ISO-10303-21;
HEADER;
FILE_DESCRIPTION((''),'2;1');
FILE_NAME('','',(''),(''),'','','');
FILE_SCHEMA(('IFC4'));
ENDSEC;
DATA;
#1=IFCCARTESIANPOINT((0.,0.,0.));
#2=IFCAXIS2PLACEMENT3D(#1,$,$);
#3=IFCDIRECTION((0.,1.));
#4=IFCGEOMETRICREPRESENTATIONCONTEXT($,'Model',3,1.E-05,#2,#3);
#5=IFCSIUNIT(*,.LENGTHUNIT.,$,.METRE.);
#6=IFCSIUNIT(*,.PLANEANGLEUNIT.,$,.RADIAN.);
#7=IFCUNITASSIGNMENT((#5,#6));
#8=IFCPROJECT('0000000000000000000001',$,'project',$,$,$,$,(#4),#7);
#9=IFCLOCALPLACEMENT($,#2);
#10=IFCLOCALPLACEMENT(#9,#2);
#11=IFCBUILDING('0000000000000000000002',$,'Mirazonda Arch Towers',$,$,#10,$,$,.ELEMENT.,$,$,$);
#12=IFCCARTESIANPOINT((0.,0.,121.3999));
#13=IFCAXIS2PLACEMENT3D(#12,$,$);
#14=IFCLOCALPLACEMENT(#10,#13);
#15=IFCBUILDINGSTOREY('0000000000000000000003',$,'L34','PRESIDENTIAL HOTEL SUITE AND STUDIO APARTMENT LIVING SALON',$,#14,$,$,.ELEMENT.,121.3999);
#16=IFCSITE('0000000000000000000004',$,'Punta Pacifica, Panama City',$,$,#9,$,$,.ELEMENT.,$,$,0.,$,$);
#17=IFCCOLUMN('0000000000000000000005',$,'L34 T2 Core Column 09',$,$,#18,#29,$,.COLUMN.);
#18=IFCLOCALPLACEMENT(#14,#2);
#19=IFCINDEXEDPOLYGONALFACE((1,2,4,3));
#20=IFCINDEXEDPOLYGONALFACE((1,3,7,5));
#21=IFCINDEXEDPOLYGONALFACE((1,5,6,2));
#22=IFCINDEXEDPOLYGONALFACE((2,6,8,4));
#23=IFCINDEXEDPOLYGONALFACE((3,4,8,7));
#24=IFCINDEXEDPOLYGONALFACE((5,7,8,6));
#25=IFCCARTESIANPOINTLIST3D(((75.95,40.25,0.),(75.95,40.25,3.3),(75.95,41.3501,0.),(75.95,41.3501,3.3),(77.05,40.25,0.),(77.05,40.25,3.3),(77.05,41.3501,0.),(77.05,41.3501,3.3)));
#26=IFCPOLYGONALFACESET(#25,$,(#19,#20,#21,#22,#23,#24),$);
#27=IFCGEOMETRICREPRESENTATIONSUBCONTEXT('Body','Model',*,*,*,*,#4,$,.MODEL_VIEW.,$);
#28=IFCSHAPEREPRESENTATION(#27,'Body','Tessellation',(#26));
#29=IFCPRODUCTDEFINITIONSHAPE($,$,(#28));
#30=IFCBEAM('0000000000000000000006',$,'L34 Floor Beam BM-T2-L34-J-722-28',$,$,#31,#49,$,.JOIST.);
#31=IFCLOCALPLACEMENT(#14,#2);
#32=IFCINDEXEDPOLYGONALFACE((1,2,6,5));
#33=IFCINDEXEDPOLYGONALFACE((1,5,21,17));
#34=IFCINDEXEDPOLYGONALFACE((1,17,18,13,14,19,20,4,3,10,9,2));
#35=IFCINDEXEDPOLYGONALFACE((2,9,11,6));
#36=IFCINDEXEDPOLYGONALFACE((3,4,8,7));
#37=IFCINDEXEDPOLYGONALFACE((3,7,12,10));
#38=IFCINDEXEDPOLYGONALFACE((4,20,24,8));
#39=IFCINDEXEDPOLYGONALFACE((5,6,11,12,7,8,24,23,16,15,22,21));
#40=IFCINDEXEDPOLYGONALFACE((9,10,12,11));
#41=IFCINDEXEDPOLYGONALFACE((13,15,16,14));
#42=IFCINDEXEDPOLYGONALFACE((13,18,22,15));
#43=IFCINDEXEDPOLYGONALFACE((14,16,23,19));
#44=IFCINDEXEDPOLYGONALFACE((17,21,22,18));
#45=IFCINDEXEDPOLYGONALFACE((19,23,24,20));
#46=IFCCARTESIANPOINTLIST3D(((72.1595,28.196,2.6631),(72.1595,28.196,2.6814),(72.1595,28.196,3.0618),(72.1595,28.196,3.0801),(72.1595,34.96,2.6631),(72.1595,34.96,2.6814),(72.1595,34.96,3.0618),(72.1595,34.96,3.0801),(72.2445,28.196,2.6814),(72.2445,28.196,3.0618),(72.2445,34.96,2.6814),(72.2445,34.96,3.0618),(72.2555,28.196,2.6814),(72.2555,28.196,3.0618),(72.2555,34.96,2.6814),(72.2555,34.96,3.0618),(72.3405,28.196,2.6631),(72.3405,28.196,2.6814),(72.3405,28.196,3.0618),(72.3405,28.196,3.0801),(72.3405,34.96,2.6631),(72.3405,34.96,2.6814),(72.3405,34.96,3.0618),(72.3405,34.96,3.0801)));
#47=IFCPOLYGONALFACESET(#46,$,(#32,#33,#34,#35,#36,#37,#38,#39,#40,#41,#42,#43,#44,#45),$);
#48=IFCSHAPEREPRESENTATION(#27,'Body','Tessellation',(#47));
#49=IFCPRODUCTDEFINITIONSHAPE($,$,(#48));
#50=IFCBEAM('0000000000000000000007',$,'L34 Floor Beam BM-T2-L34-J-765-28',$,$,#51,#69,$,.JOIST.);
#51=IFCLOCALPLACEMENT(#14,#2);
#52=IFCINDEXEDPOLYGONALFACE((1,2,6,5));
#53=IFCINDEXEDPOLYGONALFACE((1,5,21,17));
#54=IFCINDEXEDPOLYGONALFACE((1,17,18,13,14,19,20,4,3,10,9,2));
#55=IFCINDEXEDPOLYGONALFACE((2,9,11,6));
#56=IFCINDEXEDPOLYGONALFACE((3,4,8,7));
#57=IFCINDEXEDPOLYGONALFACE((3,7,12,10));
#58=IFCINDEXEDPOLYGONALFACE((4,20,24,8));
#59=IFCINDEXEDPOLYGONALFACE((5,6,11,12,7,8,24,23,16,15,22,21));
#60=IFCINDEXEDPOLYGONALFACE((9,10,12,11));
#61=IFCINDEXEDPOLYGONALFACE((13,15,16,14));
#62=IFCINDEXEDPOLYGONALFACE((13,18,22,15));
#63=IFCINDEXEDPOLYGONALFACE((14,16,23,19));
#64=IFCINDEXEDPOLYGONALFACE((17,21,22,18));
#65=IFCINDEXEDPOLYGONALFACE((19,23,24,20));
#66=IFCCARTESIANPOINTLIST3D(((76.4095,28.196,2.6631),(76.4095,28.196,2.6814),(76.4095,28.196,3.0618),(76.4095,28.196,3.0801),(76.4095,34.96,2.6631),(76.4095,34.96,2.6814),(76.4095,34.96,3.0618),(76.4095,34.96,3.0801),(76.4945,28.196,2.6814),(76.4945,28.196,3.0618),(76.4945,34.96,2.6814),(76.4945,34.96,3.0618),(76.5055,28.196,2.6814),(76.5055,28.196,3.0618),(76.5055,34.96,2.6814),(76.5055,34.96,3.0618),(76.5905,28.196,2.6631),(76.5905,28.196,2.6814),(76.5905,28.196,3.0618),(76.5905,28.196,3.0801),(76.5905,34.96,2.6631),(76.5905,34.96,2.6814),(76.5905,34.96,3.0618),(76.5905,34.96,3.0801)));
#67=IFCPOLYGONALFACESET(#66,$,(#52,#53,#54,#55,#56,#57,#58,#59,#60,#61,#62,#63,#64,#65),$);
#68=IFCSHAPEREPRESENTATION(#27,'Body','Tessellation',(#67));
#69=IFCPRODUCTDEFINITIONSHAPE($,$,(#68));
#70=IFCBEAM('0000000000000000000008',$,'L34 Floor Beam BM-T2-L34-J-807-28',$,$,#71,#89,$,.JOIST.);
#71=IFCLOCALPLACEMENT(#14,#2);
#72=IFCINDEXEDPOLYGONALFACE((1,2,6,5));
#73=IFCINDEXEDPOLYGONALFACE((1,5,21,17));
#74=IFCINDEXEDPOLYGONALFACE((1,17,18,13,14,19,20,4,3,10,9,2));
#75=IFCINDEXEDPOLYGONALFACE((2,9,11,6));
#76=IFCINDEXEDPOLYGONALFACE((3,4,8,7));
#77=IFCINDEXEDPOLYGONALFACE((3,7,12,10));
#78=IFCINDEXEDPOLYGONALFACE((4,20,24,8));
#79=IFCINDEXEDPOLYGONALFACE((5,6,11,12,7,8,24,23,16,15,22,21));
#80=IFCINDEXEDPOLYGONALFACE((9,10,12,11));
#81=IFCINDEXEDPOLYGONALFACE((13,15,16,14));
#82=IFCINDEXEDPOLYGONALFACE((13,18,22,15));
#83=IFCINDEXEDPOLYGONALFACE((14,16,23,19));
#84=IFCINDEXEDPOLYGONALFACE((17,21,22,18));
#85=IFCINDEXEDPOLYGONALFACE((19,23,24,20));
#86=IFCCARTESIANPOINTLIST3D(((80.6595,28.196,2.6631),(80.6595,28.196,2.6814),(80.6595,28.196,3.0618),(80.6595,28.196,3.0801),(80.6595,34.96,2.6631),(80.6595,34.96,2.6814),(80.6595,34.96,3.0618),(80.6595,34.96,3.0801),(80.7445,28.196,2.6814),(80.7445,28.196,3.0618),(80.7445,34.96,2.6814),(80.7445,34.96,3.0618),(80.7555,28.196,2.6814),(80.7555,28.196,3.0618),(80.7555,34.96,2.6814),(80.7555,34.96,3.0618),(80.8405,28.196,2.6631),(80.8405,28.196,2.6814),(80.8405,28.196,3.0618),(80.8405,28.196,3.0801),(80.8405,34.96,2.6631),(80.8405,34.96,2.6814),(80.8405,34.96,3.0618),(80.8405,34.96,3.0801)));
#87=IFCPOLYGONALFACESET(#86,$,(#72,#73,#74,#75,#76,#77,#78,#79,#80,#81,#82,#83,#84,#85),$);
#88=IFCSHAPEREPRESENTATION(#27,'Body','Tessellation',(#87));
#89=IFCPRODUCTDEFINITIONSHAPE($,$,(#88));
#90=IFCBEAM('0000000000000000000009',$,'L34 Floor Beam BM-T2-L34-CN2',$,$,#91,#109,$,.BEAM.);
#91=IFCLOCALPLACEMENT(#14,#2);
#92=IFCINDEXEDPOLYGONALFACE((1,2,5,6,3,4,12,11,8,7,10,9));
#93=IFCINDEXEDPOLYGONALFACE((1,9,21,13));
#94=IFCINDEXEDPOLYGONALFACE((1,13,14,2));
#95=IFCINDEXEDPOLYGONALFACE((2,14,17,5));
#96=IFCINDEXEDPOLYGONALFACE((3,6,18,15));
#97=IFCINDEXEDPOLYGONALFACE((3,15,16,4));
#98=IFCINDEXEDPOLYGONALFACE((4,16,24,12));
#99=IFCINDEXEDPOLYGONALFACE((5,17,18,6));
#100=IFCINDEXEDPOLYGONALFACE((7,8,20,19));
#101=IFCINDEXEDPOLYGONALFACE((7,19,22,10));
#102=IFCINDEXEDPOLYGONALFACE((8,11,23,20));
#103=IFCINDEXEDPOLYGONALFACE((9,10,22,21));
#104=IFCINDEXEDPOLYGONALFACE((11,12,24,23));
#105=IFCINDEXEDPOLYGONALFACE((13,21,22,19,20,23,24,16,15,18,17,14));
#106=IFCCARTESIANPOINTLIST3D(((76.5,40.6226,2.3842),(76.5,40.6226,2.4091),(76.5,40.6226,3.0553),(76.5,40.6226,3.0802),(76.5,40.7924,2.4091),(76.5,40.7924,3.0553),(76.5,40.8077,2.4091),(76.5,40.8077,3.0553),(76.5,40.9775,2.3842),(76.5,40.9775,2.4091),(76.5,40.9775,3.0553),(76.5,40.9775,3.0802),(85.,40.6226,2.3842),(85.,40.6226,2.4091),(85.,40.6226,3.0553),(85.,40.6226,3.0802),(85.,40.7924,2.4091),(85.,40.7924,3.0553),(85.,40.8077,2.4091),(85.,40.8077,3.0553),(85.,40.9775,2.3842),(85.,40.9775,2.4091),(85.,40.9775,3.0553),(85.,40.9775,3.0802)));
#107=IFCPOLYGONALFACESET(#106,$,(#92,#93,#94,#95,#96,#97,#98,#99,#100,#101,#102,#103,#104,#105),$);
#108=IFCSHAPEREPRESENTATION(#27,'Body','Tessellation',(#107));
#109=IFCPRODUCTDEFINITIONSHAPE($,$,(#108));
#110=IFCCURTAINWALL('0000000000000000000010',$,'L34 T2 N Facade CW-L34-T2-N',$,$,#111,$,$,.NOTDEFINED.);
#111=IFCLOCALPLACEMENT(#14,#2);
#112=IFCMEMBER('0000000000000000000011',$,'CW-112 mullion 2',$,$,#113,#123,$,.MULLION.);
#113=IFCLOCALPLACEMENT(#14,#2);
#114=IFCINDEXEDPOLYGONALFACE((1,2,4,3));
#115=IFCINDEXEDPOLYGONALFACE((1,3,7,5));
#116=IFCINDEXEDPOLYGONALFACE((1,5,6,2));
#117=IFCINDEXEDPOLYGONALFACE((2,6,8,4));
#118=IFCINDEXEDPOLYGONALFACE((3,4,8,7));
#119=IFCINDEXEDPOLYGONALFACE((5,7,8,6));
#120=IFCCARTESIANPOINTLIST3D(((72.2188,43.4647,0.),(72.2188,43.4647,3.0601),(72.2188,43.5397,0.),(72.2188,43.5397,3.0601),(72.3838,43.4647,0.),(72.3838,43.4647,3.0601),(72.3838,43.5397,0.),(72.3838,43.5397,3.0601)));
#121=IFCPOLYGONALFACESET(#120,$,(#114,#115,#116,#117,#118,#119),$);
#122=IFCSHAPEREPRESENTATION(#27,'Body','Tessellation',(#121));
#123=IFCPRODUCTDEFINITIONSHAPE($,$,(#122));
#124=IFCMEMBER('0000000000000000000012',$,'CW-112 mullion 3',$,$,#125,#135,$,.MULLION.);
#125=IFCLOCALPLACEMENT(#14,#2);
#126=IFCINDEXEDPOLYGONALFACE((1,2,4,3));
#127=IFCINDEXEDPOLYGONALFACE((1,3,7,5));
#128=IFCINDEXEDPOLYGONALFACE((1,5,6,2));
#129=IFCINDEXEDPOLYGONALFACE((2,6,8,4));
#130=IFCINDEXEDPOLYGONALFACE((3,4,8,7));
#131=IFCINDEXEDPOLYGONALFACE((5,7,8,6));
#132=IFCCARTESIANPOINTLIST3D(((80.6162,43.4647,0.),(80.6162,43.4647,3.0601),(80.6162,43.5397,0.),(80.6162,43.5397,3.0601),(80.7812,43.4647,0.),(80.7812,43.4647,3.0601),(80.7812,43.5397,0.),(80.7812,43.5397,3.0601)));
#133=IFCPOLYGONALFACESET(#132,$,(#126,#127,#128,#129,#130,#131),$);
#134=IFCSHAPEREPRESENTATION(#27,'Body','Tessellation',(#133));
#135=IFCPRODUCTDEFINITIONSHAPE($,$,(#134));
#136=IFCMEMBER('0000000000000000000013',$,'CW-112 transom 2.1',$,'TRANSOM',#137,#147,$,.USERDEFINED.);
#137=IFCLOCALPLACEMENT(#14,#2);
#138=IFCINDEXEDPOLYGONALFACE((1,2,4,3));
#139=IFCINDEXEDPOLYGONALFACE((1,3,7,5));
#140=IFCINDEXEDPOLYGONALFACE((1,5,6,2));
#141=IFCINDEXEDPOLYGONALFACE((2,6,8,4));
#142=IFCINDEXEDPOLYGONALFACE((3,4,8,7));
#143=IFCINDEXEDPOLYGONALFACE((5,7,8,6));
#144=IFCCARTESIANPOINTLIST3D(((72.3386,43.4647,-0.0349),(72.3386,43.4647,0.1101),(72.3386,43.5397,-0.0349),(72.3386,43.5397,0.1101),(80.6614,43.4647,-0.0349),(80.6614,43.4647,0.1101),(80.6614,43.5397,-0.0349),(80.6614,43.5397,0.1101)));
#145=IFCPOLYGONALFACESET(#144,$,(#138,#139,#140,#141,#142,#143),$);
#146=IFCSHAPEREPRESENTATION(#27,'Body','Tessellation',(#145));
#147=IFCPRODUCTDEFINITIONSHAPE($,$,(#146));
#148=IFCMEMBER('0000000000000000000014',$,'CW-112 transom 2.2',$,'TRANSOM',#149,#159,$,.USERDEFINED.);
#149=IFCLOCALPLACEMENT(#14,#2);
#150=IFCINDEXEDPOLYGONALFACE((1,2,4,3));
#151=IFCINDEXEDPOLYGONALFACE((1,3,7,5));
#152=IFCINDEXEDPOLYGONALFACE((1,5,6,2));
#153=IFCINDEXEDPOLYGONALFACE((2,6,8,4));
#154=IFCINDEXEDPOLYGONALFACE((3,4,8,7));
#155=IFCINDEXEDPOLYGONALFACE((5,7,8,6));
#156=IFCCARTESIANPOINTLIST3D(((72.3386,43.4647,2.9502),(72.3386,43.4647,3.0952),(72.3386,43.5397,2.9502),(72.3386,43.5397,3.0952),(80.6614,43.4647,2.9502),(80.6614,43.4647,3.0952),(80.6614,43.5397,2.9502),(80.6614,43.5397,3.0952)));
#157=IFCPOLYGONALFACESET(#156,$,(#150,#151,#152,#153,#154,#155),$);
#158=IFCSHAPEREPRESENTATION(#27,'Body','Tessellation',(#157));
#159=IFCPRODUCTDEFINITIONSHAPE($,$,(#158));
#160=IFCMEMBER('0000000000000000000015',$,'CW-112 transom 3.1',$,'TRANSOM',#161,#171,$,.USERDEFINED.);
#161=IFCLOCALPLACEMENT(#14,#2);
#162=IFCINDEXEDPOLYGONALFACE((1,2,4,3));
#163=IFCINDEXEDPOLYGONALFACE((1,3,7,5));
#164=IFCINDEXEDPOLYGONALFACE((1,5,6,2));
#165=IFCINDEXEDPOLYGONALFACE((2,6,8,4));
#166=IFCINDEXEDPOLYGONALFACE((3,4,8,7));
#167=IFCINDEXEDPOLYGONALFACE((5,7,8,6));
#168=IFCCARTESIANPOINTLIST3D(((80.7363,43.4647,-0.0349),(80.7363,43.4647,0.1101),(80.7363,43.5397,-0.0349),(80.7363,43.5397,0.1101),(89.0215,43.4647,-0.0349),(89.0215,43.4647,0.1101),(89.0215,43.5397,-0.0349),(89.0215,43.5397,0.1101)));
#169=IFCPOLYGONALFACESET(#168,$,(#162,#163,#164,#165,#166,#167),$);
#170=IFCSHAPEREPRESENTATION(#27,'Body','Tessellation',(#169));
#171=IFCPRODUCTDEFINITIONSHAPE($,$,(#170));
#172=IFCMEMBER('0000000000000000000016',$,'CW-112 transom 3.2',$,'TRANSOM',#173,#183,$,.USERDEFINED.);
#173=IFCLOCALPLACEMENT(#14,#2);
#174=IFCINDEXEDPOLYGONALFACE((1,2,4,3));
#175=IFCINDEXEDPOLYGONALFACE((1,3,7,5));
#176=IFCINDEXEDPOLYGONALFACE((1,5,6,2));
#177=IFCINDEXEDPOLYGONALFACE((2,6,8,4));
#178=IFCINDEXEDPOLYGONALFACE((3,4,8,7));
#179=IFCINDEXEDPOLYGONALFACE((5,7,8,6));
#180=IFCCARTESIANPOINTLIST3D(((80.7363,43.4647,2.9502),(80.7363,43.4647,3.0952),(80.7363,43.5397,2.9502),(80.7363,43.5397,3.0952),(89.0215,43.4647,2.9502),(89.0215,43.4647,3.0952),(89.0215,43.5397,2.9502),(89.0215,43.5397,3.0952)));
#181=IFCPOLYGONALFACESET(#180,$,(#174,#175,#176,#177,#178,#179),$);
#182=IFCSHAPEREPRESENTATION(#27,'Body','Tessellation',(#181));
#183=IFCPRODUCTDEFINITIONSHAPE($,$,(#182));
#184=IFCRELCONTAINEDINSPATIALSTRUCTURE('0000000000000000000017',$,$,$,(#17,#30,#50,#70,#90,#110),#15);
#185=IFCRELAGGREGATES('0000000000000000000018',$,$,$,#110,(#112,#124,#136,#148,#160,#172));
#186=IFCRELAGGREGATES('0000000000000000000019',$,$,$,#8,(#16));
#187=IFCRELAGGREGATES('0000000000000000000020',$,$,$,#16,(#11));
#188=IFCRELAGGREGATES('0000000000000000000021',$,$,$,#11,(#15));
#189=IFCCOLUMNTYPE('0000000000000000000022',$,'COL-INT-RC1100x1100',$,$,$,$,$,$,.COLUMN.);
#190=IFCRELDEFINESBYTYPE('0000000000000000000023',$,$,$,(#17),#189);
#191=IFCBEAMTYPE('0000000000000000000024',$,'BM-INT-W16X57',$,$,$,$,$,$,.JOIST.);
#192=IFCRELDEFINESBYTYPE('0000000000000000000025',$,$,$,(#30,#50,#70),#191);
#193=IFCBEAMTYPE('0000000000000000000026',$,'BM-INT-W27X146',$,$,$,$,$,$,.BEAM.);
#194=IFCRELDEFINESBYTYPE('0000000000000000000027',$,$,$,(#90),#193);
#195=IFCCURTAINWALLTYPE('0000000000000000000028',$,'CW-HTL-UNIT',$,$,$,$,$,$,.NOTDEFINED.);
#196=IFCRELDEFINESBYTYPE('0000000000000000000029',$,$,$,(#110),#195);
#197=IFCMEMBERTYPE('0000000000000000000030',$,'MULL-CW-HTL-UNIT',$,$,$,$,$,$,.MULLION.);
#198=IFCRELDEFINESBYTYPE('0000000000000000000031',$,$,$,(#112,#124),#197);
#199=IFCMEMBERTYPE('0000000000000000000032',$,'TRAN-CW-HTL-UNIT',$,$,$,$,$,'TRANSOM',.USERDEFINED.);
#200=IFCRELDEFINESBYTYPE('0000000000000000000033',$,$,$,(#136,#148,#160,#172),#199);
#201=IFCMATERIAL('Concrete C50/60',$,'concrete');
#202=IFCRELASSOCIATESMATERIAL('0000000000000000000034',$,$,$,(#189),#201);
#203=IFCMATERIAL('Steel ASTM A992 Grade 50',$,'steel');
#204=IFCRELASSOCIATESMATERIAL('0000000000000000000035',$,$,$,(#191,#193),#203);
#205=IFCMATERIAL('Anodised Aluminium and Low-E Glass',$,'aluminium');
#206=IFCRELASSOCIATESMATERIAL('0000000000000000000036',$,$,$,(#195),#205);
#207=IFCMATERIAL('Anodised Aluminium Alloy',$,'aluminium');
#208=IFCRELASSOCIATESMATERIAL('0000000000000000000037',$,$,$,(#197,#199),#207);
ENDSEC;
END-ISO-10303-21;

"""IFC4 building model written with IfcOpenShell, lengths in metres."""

from ifc_helpers import new_model, si_unit, direction, frame, origin, origin_2d, place, context, subcontext, project, spatial, rectangle, i_section, extrude, material, material_profile, profile_set, type_object, element, aggregate, save


model = new_model("IFC4")

# Units and contexts
model_context = context("Model", 3, precision=1e-05, world=origin(), true_north=direction((0.0, 1.0)))
body_context = subcontext(model_context, "Body", "Model", "MODEL_VIEW")
ifc_project = project(units=[si_unit("LENGTHUNIT", "METRE"), si_unit("PLANEANGLEUNIT", "RADIAN")], contexts=[model_context])

# Site, building, storey
site_placement = place(None, origin())
site = spatial("IfcSite", under=ifc_project, at=site_placement, Name="Punta Pacifica, Panama City", CompositionType="ELEMENT", RefElevation=0.0)
building_placement = place(site_placement, origin())
building = spatial("IfcBuilding", under=site, at=building_placement, Name="Mirazonda Arch Towers", CompositionType="ELEMENT")
storey_placement = place(building_placement, frame((0.0, 0.0, 121.3999)))
storey = spatial("IfcBuildingStorey", under=building, at=storey_placement, Name="L34", Description="PRESIDENTIAL HOTEL SUITE AND STUDIO APARTMENT LIVING SALON", CompositionType="ELEMENT", Elevation=121.3999)

# Column
ifc_material_1 = material(Name="Concrete C50/60", Category="concrete")
ifc_material_profile_1 = material_profile(ifc_material_1, rectangle(XDim=1.1001, YDim=1.1001, at=origin_2d()), Name="RC1100x1100")
ifc_profile_set_1 = profile_set([ifc_material_profile_1], Name="Concrete C50/60")
column_type = type_object("IfcColumnType", Name="COL-INT-RC1100x1100", PredefinedType="COLUMN", material=ifc_profile_set_1)
column_placement = place(storey_placement, frame((76.5, 40.8, 0.0), z_axis=(0.0, 0.0, 1.0), x_axis=(1.0, 0.0, 0.0)))
element("IfcColumn", 1, at=column_placement, inside=storey, type_object=column_type, Name="L34 T2 Core Column 09", PredefinedType="COLUMN", context=body_context, shape_type="SweptSolid", body=[
    extrude(rectangle(XDim=1.1001, YDim=1.1001, at=origin_2d()), origin(), (0.0, 0.0, 1.0), 3.3),
])

# Beams
ifc_material_2 = material(Name="Steel ASTM A992 Grade 50", Category="steel")
ifc_material_profile_2 = material_profile(ifc_material_2, i_section(OverallWidth=0.1809, OverallDepth=0.417, WebThickness=0.011, FlangeThickness=0.0183, at=origin_2d()), Name="W16X57")
ifc_profile_set_2 = profile_set([ifc_material_profile_2], Name="Steel ASTM A992 Grade 50")
beam_type_1 = type_object("IfcBeamType", Name="BM-INT-W16X57", PredefinedType="JOIST", material=ifc_profile_set_2)
for number, where, z_axis, x_axis, name in (
    (2, (72.25, 28.196, 2.8716), (0.0, 1.0, 0.0), (-1.0, 0.0, 0.0), "L34 Floor Beam BM-T2-L34-J-722-28"),
    (3, (76.5, 28.196, 2.8716), (0.0, 1.0, 0.0), (-1.0, 0.0, 0.0), "L34 Floor Beam BM-T2-L34-J-765-28"),
    (4, (80.75, 28.196, 2.8716), (0.0, 1.0, 0.0), (-1.0, 0.0, 0.0), "L34 Floor Beam BM-T2-L34-J-807-28"),
):
    element("IfcBeam", number, at=place(storey_placement, frame(where, z_axis=z_axis, x_axis=x_axis)), inside=storey, type_object=beam_type_1, Name=name, PredefinedType="JOIST", context=body_context, shape_type="SweptSolid", body=[
        extrude(i_section(OverallWidth=0.1809, OverallDepth=0.417, WebThickness=0.011, FlangeThickness=0.0183, at=origin_2d()), origin(), (0.0, 0.0, 1.0), 6.7639),
    ])
ifc_material_profile_3 = material_profile(ifc_material_2, i_section(OverallWidth=0.355, OverallDepth=0.696, WebThickness=0.0154, FlangeThickness=0.0249, at=origin_2d()), Name="W27X146")
ifc_profile_set_3 = profile_set([ifc_material_profile_3], Name="Steel ASTM A992 Grade 50")
beam_type_2 = type_object("IfcBeamType", Name="BM-INT-W27X146", PredefinedType="BEAM", material=ifc_profile_set_3)
beam_placement = place(storey_placement, frame((76.5, 40.8, 2.7322), z_axis=(1.0, 0.0, 0.0), x_axis=(0.0, 1.0, 0.0)))
element("IfcBeam", 5, at=beam_placement, inside=storey, type_object=beam_type_2, Name="L34 Floor Beam BM-T2-L34-CN2", PredefinedType="BEAM", context=body_context, shape_type="SweptSolid", body=[
    extrude(i_section(OverallWidth=0.355, OverallDepth=0.696, WebThickness=0.0154, FlangeThickness=0.0249, at=origin_2d()), origin(), (0.0, 0.0, 1.0), 8.5),
])

# Curtain wall, members
ifc_material_3 = material(Name="Anodised Aluminium and Low-E Glass", Category="aluminium")
curtain_wall_type = type_object("IfcCurtainWallType", Name="CW-HTL-UNIT", PredefinedType="NOTDEFINED", material=ifc_material_3)
curtain_wall_placement = place(storey_placement, origin())
curtain_wall = element("IfcCurtainWall", 6, at=curtain_wall_placement, inside=storey, type_object=curtain_wall_type, Name="L34 T2 N Facade CW-L34-T2-N", PredefinedType="NOTDEFINED")
ifc_material_4 = material(Name="Anodised Aluminium Alloy", Category="aluminium")
ifc_material_profile_4 = material_profile(ifc_material_4, rectangle(XDim=0.075, YDim=0.165, at=origin_2d()), Name="ALU-MULL-75x165")
ifc_profile_set_4 = profile_set([ifc_material_profile_4], Name="Anodised Aluminium Alloy")
member_type_1 = type_object("IfcMemberType", Name="MULL-CW-HTL-UNIT", PredefinedType="MULLION", material=ifc_profile_set_4)
member_1_placement = place(storey_placement, frame((72.3013, 43.5022, 0.0), z_axis=(0.0, 0.0, 1.0), x_axis=(0.0, 1.0, 0.0)))
member_1 = element("IfcMember", 7, at=member_1_placement, type_object=member_type_1, Name="CW-112 mullion 2", PredefinedType="MULLION", context=body_context, shape_type="SweptSolid", body=[
    extrude(rectangle(XDim=0.075, YDim=0.165, at=origin_2d()), origin(), (0.0, 0.0, 1.0), 3.0601),
])
member_2_placement = place(storey_placement, frame((80.6987, 43.5022, 0.0), z_axis=(0.0, 0.0, 1.0), x_axis=(0.0, 1.0, 0.0)))
member_2 = element("IfcMember", 8, at=member_2_placement, type_object=member_type_1, Name="CW-112 mullion 3", PredefinedType="MULLION", context=body_context, shape_type="SweptSolid", body=[
    extrude(rectangle(XDim=0.075, YDim=0.165, at=origin_2d()), origin(), (0.0, 0.0, 1.0), 3.0601),
])
ifc_material_profile_5 = material_profile(ifc_material_4, rectangle(XDim=0.075, YDim=0.145, at=origin_2d()), Name="ALU-TRAN-75x145")
ifc_profile_set_5 = profile_set([ifc_material_profile_5], Name="Anodised Aluminium Alloy")
member_type_2 = type_object("IfcMemberType", Name="TRAN-CW-HTL-UNIT", ElementType="TRANSOM", PredefinedType="USERDEFINED", material=ifc_profile_set_5)
member_3_placement = place(storey_placement, frame((72.3386, 43.5022, 0.0376), z_axis=(1.0, 0.0, 0.0), x_axis=(0.0, 1.0, 0.0)))
member_3 = element("IfcMember", 9, at=member_3_placement, type_object=member_type_2, Name="CW-112 transom 2.1", ObjectType="TRANSOM", PredefinedType="USERDEFINED", context=body_context, shape_type="SweptSolid", body=[
    extrude(rectangle(XDim=0.075, YDim=0.145, at=origin_2d()), origin(), (0.0, 0.0, 1.0), 8.3228),
])
member_4_placement = place(storey_placement, frame((72.3386, 43.5022, 3.0227), z_axis=(1.0, 0.0, 0.0), x_axis=(0.0, 1.0, 0.0)))
member_4 = element("IfcMember", 10, at=member_4_placement, type_object=member_type_2, Name="CW-112 transom 2.2", ObjectType="TRANSOM", PredefinedType="USERDEFINED", context=body_context, shape_type="SweptSolid", body=[
    extrude(rectangle(XDim=0.075, YDim=0.145, at=origin_2d()), origin(), (0.0, 0.0, 1.0), 8.3228),
])
member_5_placement = place(storey_placement, frame((80.7363, 43.5022, 0.0376), z_axis=(1.0, 0.0, 0.0), x_axis=(0.0, 1.0, 0.0)))
member_5 = element("IfcMember", 11, at=member_5_placement, type_object=member_type_2, Name="CW-112 transom 3.1", ObjectType="TRANSOM", PredefinedType="USERDEFINED", context=body_context, shape_type="SweptSolid", body=[
    extrude(rectangle(XDim=0.075, YDim=0.145, at=origin_2d()), origin(), (0.0, 0.0, 1.0), 8.2852),
])
member_6_placement = place(storey_placement, frame((80.7363, 43.5022, 3.0227), z_axis=(1.0, 0.0, 0.0), x_axis=(0.0, 1.0, 0.0)))
member_6 = element("IfcMember", 12, at=member_6_placement, type_object=member_type_2, Name="CW-112 transom 3.2", ObjectType="TRANSOM", PredefinedType="USERDEFINED", context=body_context, shape_type="SweptSolid", body=[
    extrude(rectangle(XDim=0.075, YDim=0.145, at=origin_2d()), origin(), (0.0, 0.0, 1.0), 8.2852),
])
aggregate(curtain_wall, [member_1, member_2, member_3, member_4, member_5, member_6])

save(model, "model.ifc")
